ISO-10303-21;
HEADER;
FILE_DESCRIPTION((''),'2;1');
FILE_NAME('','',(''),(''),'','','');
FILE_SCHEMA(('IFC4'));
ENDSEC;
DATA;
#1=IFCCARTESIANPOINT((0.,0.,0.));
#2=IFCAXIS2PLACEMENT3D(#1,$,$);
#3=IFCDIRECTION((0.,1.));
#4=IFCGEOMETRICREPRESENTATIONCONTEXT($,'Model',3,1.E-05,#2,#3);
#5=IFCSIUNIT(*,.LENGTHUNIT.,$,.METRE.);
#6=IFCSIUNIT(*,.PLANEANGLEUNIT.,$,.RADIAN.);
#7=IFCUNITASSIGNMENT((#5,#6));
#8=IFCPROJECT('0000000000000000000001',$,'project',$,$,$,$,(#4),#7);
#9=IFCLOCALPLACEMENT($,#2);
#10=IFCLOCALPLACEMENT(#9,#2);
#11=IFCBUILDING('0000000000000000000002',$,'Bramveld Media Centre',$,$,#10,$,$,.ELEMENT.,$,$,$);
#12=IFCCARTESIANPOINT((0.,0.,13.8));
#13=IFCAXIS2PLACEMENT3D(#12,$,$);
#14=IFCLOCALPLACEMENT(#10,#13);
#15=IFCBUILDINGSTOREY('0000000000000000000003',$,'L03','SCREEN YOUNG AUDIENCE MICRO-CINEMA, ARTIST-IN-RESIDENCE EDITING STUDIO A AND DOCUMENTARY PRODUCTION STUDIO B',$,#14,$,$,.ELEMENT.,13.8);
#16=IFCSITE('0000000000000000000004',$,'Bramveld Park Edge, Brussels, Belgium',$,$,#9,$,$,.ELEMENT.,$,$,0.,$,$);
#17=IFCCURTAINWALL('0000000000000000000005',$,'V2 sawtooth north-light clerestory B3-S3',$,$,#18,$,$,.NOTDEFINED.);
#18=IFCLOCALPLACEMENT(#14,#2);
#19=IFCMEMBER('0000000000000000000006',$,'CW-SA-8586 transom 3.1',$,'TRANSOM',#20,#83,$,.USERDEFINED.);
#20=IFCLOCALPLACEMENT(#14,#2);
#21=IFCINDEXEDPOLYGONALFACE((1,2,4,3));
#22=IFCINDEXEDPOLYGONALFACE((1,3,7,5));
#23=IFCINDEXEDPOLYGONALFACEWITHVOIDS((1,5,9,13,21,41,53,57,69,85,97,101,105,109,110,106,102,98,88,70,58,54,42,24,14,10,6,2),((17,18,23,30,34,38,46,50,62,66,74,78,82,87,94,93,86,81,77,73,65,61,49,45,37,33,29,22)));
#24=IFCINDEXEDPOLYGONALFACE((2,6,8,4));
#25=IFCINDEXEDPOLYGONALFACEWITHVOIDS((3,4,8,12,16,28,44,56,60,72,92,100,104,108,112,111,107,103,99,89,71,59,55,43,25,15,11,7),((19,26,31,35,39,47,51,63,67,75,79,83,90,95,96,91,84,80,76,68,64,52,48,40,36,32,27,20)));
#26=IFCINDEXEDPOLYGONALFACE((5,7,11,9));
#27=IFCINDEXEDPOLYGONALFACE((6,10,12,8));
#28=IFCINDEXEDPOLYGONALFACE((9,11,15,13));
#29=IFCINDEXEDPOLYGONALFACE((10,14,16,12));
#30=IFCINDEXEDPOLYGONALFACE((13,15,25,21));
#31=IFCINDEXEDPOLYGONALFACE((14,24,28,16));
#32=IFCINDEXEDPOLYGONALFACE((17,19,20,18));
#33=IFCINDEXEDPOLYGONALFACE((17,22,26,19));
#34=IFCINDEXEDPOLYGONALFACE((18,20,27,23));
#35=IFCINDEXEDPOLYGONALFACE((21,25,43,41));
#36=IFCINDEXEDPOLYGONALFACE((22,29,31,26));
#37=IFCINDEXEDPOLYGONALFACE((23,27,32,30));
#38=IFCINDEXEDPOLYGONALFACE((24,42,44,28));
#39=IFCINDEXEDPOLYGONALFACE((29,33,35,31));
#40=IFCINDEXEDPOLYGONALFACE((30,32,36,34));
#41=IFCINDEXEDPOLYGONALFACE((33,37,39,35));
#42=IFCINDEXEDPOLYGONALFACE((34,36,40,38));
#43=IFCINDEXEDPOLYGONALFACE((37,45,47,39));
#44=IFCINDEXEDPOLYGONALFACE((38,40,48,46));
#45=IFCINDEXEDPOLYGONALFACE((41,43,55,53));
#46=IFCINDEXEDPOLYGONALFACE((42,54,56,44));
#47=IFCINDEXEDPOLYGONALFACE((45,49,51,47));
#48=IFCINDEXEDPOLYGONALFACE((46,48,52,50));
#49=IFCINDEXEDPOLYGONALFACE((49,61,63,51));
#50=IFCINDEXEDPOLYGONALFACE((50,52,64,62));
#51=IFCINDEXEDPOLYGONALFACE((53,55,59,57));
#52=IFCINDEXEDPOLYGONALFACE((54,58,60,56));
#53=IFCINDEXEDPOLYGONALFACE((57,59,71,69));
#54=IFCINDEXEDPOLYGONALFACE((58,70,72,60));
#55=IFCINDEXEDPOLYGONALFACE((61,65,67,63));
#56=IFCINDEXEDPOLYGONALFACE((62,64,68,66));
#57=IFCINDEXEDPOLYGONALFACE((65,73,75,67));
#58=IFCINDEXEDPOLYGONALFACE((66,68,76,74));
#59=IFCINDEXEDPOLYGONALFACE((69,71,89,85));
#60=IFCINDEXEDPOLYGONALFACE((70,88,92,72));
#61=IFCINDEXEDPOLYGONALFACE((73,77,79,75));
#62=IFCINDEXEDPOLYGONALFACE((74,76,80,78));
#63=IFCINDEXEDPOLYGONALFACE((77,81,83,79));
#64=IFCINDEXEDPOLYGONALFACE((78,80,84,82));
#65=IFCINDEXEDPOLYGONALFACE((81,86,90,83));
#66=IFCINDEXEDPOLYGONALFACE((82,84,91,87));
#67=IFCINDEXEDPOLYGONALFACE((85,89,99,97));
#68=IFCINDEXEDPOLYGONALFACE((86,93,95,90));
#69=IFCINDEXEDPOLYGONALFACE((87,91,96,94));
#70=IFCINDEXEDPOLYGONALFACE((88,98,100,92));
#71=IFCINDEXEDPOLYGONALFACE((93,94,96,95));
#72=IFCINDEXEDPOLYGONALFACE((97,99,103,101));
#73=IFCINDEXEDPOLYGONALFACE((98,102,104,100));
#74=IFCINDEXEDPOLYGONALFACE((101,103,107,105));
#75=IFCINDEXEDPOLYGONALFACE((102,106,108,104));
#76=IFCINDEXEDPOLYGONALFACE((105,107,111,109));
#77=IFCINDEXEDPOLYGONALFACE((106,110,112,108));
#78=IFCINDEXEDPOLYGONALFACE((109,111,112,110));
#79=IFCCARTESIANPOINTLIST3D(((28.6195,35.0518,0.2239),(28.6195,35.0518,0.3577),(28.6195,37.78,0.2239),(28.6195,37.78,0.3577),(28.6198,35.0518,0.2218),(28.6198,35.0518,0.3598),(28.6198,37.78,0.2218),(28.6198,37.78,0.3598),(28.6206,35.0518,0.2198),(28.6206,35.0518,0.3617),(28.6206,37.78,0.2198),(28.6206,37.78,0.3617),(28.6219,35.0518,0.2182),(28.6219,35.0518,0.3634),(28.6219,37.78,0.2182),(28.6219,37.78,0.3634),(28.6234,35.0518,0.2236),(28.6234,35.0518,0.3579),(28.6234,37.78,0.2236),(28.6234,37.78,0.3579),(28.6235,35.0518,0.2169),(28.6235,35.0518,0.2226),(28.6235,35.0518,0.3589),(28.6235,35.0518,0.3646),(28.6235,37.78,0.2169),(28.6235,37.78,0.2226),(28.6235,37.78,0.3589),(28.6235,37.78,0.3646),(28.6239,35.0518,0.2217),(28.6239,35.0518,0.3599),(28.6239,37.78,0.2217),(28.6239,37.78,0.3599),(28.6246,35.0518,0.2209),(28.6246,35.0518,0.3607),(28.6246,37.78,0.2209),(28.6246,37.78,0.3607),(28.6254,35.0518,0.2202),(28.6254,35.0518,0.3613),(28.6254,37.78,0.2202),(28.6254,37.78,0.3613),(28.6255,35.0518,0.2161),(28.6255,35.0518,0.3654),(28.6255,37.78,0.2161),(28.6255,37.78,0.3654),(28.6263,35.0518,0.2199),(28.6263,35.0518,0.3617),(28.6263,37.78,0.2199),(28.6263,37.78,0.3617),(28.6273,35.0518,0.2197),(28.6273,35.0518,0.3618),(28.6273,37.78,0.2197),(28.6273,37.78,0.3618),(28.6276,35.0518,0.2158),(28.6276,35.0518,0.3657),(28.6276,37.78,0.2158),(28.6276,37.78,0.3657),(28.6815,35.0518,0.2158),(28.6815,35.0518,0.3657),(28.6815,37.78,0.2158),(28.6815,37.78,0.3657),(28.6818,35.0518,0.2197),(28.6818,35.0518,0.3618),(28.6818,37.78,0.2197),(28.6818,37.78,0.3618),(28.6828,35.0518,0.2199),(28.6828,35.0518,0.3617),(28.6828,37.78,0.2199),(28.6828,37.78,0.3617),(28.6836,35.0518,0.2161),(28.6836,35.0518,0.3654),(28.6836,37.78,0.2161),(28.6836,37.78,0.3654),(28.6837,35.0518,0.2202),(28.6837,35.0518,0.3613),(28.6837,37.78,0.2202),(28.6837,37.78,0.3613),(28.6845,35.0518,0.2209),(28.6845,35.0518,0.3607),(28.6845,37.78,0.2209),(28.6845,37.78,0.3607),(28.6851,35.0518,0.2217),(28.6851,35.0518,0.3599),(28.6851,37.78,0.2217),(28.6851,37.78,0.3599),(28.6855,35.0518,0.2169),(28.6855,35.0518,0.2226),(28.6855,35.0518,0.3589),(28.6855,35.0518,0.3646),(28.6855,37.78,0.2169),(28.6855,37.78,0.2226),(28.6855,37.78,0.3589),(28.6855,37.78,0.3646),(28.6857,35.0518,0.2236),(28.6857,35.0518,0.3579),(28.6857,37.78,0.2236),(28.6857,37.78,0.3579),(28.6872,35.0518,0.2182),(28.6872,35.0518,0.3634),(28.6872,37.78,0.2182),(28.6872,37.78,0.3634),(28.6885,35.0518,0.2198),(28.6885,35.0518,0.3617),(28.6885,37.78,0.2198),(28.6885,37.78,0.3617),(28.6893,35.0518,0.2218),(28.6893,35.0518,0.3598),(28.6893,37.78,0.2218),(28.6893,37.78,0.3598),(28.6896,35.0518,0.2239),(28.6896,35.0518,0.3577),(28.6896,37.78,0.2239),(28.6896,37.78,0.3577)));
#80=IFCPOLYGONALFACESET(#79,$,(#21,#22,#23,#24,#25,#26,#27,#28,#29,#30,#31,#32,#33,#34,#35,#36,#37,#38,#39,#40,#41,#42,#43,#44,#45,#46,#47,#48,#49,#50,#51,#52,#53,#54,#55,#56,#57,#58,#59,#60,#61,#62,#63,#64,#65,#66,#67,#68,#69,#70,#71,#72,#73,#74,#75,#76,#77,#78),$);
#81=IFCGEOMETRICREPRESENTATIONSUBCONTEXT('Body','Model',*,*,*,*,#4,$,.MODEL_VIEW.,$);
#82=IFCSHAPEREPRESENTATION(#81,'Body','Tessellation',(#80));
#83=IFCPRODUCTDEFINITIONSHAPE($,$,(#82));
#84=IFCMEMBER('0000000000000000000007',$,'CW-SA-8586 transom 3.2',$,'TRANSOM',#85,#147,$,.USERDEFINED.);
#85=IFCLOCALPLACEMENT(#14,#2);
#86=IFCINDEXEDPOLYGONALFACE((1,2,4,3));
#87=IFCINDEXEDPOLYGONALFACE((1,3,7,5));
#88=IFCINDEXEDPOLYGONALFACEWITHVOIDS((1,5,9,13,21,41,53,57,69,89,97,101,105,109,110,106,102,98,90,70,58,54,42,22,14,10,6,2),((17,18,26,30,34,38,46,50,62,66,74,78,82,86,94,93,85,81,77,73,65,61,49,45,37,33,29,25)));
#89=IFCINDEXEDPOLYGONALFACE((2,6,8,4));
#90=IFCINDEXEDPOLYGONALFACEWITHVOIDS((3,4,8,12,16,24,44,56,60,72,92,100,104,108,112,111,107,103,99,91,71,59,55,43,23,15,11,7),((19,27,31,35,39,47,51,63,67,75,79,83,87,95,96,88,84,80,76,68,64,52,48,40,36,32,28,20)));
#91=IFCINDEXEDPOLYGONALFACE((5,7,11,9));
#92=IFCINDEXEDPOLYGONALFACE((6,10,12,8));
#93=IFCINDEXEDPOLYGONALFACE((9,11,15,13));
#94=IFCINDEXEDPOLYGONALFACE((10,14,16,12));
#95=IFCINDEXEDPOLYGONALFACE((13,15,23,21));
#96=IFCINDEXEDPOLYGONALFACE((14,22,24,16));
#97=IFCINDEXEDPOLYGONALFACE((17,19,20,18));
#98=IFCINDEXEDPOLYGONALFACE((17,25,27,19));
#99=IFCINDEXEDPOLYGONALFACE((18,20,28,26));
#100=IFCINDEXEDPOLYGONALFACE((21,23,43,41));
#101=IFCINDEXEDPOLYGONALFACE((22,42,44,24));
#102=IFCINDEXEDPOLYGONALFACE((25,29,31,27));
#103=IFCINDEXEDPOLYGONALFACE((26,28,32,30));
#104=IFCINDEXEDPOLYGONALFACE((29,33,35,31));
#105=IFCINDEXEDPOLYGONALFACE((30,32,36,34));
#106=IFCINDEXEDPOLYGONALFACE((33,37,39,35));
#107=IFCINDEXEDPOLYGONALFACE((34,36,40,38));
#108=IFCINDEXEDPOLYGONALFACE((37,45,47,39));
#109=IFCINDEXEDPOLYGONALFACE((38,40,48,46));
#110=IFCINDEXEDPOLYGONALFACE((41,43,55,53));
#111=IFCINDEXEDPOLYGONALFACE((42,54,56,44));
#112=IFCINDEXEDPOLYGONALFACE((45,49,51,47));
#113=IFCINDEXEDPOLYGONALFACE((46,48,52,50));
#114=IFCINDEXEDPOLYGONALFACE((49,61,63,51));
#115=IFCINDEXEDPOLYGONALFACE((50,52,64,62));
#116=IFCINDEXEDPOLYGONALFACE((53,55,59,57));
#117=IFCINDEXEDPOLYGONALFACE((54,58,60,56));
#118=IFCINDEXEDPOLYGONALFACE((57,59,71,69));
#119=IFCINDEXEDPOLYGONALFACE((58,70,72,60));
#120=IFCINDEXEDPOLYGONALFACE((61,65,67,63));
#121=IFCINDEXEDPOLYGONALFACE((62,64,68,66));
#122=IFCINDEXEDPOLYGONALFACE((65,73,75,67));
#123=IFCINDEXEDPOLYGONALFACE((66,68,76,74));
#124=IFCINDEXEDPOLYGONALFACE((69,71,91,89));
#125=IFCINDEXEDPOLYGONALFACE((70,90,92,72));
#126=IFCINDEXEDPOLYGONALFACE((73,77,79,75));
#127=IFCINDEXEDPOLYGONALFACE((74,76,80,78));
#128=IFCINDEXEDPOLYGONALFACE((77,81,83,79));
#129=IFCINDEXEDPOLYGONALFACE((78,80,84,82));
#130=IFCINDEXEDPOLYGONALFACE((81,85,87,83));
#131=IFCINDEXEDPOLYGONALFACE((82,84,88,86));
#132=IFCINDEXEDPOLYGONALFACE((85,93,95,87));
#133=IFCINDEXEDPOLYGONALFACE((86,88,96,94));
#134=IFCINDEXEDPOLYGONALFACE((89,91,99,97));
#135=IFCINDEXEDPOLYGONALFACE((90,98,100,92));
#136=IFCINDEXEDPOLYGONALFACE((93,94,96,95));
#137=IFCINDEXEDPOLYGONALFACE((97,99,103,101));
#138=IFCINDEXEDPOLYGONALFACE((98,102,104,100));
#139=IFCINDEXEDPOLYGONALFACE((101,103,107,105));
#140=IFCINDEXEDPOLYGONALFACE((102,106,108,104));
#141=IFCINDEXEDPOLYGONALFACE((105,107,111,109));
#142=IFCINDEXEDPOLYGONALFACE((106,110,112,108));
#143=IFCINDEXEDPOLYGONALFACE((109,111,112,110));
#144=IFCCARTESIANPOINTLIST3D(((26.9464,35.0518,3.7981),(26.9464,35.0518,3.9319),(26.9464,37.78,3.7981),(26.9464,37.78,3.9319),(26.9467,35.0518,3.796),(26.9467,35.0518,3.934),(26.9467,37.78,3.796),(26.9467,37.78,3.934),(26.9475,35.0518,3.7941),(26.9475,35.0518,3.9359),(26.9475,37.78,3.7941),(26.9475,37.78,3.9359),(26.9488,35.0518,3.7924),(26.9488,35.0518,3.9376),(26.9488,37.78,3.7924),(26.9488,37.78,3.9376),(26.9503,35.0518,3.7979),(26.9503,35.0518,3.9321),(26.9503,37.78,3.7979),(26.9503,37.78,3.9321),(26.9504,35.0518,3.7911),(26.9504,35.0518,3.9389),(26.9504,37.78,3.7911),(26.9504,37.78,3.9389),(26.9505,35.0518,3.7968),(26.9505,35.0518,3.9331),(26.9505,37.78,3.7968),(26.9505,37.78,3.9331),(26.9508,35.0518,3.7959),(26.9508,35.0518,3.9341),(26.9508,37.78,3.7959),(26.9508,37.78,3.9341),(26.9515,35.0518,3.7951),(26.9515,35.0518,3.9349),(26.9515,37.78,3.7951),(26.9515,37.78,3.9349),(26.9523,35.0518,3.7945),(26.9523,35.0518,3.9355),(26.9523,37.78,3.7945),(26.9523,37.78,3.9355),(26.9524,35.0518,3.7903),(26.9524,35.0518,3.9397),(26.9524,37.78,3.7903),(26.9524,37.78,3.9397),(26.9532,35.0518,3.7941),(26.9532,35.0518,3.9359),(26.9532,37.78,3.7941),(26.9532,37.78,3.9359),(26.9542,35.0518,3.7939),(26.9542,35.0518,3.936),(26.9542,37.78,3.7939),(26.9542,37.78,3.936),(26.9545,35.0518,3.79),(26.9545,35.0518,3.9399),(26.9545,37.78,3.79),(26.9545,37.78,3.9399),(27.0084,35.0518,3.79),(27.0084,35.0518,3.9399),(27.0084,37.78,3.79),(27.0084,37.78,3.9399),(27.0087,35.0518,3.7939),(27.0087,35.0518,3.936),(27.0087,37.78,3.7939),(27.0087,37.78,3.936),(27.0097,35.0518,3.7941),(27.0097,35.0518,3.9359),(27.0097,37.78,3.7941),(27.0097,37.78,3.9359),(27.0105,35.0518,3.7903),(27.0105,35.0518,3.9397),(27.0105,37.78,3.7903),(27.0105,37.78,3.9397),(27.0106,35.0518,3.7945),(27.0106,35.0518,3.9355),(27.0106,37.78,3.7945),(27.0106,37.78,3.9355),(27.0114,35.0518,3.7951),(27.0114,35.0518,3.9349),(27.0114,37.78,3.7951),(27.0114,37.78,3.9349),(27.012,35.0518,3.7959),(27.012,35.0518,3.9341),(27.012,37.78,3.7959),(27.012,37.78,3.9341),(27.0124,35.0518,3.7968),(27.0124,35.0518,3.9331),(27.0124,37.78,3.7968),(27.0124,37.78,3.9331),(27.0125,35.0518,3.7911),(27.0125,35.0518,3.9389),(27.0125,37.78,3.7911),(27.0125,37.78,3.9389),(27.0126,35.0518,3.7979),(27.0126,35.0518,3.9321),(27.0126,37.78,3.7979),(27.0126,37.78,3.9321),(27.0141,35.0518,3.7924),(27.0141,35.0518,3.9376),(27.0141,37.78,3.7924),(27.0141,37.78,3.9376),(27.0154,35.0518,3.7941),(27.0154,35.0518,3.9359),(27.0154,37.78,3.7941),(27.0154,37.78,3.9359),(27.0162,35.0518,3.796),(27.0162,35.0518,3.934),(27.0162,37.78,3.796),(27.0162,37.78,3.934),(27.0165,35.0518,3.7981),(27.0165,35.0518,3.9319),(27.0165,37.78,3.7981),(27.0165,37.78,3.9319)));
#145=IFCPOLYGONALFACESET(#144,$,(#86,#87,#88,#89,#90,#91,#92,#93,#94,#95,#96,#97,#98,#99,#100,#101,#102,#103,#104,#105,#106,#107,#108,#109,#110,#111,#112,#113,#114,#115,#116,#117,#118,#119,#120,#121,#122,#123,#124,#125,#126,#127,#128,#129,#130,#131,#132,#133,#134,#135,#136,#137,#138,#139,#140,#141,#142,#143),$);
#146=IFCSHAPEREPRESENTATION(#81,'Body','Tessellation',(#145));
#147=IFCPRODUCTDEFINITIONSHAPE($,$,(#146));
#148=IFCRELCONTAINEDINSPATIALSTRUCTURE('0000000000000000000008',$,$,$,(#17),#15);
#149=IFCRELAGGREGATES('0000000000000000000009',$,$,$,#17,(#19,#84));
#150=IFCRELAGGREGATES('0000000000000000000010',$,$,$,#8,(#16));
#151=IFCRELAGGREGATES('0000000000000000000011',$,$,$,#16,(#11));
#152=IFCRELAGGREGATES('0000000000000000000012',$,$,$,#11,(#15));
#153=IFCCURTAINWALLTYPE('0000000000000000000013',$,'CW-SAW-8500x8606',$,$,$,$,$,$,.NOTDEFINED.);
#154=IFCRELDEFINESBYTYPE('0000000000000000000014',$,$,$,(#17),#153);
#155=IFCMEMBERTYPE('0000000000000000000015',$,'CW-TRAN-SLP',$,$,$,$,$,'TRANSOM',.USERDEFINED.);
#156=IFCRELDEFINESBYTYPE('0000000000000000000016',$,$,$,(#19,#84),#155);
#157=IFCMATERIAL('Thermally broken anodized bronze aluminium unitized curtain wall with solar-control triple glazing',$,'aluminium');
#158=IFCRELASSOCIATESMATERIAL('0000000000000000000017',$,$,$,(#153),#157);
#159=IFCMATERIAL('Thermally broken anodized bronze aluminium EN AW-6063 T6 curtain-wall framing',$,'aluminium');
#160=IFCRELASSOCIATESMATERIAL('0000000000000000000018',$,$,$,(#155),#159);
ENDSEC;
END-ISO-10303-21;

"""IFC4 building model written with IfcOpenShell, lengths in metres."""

from ifc_helpers import new_model, si_unit, direction, frame, origin, origin_2d, place, context, subcontext, project, spatial, hollow_rectangle, extrude, material, material_profile, profile_set, type_object, element, aggregate, save


model = new_model("IFC4")

# Units and contexts
model_context = context("Model", 3, precision=1e-05, world=origin(), true_north=direction((0.0, 1.0)))
body_context = subcontext(model_context, "Body", "Model", "MODEL_VIEW")
ifc_project = project(units=[si_unit("LENGTHUNIT", "METRE"), si_unit("PLANEANGLEUNIT", "RADIAN")], contexts=[model_context])

# Site, building, storey
site_placement = place(None, origin())
site = spatial("IfcSite", under=ifc_project, at=site_placement, Name="Bramveld Park Edge, Brussels, Belgium", CompositionType="ELEMENT", RefElevation=0.0)
building_placement = place(site_placement, origin())
building = spatial("IfcBuilding", under=site, at=building_placement, Name="Bramveld Media Centre", CompositionType="ELEMENT")
storey_placement = place(building_placement, frame((0.0, 0.0, 13.8)))
storey = spatial("IfcBuildingStorey", under=building, at=storey_placement, Name="L03", Description="SCREEN YOUNG AUDIENCE MICRO-CINEMA, ARTIST-IN-RESIDENCE EDITING STUDIO A AND DOCUMENTARY PRODUCTION STUDIO B", CompositionType="ELEMENT", Elevation=13.8)

# Curtain wall, members
ifc_material_1 = material(Name="Thermally broken anodized bronze aluminium unitized curtain wall with solar-control triple glazing", Category="aluminium")
curtain_wall_type = type_object("IfcCurtainWallType", Name="CW-SAW-8500x8606", PredefinedType="NOTDEFINED", material=ifc_material_1)
curtain_wall_placement = place(storey_placement, origin())
curtain_wall = element("IfcCurtainWall", 1, at=curtain_wall_placement, inside=storey, type_object=curtain_wall_type, Name="V2 sawtooth north-light clerestory B3-S3", PredefinedType="NOTDEFINED")
ifc_material_2 = material(Name="Thermally broken anodized bronze aluminium EN AW-6063 T6 curtain-wall framing", Category="aluminium")
ifc_material_profile_1 = material_profile(ifc_material_2, hollow_rectangle(XDim=0.0701, YDim=0.1499, WallThickness=0.0039, InnerFilletRadius=0.0039, OuterFilletRadius=0.0081, at=origin_2d()), Name="AL-TRAN 70x150")
ifc_profile_set_1 = profile_set([ifc_material_profile_1], Name="Thermally broken anodized bronze aluminium EN AW-6063 T6 curtain-wall framing")
member_type_1 = type_object("IfcMemberType", Name="CW-TRAN-SLP", ElementType="TRANSOM", PredefinedType="USERDEFINED", material=ifc_profile_set_1)
member_1_placement = place(storey_placement, frame((28.6545, 35.0518, 0.2908), z_axis=(0.0, 1.0, 0.0), x_axis=(-1.0, 0.0, 0.0)))
member_1 = element("IfcMember", 2, at=member_1_placement, type_object=member_type_1, Name="CW-SA-8586 transom 3.1", ObjectType="TRANSOM", PredefinedType="USERDEFINED", context=body_context, shape_type="SweptSolid", body=[
    extrude(hollow_rectangle(XDim=0.0701, YDim=0.1499, WallThickness=0.0039, InnerFilletRadius=0.0039, OuterFilletRadius=0.0081, at=origin_2d()), origin(), (0.0, 0.0, 1.0), 2.7283),
])
member_2_placement = place(storey_placement, frame((26.9814, 35.0518, 3.865), z_axis=(0.0, 1.0, 0.0), x_axis=(-1.0, 0.0, 0.0)))
member_2 = element("IfcMember", 3, at=member_2_placement, type_object=member_type_1, Name="CW-SA-8586 transom 3.2", ObjectType="TRANSOM", PredefinedType="USERDEFINED", context=body_context, shape_type="SweptSolid", body=[
    extrude(hollow_rectangle(XDim=0.0701, YDim=0.1499, WallThickness=0.0039, InnerFilletRadius=0.0039, OuterFilletRadius=0.0081, at=origin_2d()), origin(), (0.0, 0.0, 1.0), 2.7283),
])

aggregate(curtain_wall, [member_1, member_2])

save(model, "model.ifc")
